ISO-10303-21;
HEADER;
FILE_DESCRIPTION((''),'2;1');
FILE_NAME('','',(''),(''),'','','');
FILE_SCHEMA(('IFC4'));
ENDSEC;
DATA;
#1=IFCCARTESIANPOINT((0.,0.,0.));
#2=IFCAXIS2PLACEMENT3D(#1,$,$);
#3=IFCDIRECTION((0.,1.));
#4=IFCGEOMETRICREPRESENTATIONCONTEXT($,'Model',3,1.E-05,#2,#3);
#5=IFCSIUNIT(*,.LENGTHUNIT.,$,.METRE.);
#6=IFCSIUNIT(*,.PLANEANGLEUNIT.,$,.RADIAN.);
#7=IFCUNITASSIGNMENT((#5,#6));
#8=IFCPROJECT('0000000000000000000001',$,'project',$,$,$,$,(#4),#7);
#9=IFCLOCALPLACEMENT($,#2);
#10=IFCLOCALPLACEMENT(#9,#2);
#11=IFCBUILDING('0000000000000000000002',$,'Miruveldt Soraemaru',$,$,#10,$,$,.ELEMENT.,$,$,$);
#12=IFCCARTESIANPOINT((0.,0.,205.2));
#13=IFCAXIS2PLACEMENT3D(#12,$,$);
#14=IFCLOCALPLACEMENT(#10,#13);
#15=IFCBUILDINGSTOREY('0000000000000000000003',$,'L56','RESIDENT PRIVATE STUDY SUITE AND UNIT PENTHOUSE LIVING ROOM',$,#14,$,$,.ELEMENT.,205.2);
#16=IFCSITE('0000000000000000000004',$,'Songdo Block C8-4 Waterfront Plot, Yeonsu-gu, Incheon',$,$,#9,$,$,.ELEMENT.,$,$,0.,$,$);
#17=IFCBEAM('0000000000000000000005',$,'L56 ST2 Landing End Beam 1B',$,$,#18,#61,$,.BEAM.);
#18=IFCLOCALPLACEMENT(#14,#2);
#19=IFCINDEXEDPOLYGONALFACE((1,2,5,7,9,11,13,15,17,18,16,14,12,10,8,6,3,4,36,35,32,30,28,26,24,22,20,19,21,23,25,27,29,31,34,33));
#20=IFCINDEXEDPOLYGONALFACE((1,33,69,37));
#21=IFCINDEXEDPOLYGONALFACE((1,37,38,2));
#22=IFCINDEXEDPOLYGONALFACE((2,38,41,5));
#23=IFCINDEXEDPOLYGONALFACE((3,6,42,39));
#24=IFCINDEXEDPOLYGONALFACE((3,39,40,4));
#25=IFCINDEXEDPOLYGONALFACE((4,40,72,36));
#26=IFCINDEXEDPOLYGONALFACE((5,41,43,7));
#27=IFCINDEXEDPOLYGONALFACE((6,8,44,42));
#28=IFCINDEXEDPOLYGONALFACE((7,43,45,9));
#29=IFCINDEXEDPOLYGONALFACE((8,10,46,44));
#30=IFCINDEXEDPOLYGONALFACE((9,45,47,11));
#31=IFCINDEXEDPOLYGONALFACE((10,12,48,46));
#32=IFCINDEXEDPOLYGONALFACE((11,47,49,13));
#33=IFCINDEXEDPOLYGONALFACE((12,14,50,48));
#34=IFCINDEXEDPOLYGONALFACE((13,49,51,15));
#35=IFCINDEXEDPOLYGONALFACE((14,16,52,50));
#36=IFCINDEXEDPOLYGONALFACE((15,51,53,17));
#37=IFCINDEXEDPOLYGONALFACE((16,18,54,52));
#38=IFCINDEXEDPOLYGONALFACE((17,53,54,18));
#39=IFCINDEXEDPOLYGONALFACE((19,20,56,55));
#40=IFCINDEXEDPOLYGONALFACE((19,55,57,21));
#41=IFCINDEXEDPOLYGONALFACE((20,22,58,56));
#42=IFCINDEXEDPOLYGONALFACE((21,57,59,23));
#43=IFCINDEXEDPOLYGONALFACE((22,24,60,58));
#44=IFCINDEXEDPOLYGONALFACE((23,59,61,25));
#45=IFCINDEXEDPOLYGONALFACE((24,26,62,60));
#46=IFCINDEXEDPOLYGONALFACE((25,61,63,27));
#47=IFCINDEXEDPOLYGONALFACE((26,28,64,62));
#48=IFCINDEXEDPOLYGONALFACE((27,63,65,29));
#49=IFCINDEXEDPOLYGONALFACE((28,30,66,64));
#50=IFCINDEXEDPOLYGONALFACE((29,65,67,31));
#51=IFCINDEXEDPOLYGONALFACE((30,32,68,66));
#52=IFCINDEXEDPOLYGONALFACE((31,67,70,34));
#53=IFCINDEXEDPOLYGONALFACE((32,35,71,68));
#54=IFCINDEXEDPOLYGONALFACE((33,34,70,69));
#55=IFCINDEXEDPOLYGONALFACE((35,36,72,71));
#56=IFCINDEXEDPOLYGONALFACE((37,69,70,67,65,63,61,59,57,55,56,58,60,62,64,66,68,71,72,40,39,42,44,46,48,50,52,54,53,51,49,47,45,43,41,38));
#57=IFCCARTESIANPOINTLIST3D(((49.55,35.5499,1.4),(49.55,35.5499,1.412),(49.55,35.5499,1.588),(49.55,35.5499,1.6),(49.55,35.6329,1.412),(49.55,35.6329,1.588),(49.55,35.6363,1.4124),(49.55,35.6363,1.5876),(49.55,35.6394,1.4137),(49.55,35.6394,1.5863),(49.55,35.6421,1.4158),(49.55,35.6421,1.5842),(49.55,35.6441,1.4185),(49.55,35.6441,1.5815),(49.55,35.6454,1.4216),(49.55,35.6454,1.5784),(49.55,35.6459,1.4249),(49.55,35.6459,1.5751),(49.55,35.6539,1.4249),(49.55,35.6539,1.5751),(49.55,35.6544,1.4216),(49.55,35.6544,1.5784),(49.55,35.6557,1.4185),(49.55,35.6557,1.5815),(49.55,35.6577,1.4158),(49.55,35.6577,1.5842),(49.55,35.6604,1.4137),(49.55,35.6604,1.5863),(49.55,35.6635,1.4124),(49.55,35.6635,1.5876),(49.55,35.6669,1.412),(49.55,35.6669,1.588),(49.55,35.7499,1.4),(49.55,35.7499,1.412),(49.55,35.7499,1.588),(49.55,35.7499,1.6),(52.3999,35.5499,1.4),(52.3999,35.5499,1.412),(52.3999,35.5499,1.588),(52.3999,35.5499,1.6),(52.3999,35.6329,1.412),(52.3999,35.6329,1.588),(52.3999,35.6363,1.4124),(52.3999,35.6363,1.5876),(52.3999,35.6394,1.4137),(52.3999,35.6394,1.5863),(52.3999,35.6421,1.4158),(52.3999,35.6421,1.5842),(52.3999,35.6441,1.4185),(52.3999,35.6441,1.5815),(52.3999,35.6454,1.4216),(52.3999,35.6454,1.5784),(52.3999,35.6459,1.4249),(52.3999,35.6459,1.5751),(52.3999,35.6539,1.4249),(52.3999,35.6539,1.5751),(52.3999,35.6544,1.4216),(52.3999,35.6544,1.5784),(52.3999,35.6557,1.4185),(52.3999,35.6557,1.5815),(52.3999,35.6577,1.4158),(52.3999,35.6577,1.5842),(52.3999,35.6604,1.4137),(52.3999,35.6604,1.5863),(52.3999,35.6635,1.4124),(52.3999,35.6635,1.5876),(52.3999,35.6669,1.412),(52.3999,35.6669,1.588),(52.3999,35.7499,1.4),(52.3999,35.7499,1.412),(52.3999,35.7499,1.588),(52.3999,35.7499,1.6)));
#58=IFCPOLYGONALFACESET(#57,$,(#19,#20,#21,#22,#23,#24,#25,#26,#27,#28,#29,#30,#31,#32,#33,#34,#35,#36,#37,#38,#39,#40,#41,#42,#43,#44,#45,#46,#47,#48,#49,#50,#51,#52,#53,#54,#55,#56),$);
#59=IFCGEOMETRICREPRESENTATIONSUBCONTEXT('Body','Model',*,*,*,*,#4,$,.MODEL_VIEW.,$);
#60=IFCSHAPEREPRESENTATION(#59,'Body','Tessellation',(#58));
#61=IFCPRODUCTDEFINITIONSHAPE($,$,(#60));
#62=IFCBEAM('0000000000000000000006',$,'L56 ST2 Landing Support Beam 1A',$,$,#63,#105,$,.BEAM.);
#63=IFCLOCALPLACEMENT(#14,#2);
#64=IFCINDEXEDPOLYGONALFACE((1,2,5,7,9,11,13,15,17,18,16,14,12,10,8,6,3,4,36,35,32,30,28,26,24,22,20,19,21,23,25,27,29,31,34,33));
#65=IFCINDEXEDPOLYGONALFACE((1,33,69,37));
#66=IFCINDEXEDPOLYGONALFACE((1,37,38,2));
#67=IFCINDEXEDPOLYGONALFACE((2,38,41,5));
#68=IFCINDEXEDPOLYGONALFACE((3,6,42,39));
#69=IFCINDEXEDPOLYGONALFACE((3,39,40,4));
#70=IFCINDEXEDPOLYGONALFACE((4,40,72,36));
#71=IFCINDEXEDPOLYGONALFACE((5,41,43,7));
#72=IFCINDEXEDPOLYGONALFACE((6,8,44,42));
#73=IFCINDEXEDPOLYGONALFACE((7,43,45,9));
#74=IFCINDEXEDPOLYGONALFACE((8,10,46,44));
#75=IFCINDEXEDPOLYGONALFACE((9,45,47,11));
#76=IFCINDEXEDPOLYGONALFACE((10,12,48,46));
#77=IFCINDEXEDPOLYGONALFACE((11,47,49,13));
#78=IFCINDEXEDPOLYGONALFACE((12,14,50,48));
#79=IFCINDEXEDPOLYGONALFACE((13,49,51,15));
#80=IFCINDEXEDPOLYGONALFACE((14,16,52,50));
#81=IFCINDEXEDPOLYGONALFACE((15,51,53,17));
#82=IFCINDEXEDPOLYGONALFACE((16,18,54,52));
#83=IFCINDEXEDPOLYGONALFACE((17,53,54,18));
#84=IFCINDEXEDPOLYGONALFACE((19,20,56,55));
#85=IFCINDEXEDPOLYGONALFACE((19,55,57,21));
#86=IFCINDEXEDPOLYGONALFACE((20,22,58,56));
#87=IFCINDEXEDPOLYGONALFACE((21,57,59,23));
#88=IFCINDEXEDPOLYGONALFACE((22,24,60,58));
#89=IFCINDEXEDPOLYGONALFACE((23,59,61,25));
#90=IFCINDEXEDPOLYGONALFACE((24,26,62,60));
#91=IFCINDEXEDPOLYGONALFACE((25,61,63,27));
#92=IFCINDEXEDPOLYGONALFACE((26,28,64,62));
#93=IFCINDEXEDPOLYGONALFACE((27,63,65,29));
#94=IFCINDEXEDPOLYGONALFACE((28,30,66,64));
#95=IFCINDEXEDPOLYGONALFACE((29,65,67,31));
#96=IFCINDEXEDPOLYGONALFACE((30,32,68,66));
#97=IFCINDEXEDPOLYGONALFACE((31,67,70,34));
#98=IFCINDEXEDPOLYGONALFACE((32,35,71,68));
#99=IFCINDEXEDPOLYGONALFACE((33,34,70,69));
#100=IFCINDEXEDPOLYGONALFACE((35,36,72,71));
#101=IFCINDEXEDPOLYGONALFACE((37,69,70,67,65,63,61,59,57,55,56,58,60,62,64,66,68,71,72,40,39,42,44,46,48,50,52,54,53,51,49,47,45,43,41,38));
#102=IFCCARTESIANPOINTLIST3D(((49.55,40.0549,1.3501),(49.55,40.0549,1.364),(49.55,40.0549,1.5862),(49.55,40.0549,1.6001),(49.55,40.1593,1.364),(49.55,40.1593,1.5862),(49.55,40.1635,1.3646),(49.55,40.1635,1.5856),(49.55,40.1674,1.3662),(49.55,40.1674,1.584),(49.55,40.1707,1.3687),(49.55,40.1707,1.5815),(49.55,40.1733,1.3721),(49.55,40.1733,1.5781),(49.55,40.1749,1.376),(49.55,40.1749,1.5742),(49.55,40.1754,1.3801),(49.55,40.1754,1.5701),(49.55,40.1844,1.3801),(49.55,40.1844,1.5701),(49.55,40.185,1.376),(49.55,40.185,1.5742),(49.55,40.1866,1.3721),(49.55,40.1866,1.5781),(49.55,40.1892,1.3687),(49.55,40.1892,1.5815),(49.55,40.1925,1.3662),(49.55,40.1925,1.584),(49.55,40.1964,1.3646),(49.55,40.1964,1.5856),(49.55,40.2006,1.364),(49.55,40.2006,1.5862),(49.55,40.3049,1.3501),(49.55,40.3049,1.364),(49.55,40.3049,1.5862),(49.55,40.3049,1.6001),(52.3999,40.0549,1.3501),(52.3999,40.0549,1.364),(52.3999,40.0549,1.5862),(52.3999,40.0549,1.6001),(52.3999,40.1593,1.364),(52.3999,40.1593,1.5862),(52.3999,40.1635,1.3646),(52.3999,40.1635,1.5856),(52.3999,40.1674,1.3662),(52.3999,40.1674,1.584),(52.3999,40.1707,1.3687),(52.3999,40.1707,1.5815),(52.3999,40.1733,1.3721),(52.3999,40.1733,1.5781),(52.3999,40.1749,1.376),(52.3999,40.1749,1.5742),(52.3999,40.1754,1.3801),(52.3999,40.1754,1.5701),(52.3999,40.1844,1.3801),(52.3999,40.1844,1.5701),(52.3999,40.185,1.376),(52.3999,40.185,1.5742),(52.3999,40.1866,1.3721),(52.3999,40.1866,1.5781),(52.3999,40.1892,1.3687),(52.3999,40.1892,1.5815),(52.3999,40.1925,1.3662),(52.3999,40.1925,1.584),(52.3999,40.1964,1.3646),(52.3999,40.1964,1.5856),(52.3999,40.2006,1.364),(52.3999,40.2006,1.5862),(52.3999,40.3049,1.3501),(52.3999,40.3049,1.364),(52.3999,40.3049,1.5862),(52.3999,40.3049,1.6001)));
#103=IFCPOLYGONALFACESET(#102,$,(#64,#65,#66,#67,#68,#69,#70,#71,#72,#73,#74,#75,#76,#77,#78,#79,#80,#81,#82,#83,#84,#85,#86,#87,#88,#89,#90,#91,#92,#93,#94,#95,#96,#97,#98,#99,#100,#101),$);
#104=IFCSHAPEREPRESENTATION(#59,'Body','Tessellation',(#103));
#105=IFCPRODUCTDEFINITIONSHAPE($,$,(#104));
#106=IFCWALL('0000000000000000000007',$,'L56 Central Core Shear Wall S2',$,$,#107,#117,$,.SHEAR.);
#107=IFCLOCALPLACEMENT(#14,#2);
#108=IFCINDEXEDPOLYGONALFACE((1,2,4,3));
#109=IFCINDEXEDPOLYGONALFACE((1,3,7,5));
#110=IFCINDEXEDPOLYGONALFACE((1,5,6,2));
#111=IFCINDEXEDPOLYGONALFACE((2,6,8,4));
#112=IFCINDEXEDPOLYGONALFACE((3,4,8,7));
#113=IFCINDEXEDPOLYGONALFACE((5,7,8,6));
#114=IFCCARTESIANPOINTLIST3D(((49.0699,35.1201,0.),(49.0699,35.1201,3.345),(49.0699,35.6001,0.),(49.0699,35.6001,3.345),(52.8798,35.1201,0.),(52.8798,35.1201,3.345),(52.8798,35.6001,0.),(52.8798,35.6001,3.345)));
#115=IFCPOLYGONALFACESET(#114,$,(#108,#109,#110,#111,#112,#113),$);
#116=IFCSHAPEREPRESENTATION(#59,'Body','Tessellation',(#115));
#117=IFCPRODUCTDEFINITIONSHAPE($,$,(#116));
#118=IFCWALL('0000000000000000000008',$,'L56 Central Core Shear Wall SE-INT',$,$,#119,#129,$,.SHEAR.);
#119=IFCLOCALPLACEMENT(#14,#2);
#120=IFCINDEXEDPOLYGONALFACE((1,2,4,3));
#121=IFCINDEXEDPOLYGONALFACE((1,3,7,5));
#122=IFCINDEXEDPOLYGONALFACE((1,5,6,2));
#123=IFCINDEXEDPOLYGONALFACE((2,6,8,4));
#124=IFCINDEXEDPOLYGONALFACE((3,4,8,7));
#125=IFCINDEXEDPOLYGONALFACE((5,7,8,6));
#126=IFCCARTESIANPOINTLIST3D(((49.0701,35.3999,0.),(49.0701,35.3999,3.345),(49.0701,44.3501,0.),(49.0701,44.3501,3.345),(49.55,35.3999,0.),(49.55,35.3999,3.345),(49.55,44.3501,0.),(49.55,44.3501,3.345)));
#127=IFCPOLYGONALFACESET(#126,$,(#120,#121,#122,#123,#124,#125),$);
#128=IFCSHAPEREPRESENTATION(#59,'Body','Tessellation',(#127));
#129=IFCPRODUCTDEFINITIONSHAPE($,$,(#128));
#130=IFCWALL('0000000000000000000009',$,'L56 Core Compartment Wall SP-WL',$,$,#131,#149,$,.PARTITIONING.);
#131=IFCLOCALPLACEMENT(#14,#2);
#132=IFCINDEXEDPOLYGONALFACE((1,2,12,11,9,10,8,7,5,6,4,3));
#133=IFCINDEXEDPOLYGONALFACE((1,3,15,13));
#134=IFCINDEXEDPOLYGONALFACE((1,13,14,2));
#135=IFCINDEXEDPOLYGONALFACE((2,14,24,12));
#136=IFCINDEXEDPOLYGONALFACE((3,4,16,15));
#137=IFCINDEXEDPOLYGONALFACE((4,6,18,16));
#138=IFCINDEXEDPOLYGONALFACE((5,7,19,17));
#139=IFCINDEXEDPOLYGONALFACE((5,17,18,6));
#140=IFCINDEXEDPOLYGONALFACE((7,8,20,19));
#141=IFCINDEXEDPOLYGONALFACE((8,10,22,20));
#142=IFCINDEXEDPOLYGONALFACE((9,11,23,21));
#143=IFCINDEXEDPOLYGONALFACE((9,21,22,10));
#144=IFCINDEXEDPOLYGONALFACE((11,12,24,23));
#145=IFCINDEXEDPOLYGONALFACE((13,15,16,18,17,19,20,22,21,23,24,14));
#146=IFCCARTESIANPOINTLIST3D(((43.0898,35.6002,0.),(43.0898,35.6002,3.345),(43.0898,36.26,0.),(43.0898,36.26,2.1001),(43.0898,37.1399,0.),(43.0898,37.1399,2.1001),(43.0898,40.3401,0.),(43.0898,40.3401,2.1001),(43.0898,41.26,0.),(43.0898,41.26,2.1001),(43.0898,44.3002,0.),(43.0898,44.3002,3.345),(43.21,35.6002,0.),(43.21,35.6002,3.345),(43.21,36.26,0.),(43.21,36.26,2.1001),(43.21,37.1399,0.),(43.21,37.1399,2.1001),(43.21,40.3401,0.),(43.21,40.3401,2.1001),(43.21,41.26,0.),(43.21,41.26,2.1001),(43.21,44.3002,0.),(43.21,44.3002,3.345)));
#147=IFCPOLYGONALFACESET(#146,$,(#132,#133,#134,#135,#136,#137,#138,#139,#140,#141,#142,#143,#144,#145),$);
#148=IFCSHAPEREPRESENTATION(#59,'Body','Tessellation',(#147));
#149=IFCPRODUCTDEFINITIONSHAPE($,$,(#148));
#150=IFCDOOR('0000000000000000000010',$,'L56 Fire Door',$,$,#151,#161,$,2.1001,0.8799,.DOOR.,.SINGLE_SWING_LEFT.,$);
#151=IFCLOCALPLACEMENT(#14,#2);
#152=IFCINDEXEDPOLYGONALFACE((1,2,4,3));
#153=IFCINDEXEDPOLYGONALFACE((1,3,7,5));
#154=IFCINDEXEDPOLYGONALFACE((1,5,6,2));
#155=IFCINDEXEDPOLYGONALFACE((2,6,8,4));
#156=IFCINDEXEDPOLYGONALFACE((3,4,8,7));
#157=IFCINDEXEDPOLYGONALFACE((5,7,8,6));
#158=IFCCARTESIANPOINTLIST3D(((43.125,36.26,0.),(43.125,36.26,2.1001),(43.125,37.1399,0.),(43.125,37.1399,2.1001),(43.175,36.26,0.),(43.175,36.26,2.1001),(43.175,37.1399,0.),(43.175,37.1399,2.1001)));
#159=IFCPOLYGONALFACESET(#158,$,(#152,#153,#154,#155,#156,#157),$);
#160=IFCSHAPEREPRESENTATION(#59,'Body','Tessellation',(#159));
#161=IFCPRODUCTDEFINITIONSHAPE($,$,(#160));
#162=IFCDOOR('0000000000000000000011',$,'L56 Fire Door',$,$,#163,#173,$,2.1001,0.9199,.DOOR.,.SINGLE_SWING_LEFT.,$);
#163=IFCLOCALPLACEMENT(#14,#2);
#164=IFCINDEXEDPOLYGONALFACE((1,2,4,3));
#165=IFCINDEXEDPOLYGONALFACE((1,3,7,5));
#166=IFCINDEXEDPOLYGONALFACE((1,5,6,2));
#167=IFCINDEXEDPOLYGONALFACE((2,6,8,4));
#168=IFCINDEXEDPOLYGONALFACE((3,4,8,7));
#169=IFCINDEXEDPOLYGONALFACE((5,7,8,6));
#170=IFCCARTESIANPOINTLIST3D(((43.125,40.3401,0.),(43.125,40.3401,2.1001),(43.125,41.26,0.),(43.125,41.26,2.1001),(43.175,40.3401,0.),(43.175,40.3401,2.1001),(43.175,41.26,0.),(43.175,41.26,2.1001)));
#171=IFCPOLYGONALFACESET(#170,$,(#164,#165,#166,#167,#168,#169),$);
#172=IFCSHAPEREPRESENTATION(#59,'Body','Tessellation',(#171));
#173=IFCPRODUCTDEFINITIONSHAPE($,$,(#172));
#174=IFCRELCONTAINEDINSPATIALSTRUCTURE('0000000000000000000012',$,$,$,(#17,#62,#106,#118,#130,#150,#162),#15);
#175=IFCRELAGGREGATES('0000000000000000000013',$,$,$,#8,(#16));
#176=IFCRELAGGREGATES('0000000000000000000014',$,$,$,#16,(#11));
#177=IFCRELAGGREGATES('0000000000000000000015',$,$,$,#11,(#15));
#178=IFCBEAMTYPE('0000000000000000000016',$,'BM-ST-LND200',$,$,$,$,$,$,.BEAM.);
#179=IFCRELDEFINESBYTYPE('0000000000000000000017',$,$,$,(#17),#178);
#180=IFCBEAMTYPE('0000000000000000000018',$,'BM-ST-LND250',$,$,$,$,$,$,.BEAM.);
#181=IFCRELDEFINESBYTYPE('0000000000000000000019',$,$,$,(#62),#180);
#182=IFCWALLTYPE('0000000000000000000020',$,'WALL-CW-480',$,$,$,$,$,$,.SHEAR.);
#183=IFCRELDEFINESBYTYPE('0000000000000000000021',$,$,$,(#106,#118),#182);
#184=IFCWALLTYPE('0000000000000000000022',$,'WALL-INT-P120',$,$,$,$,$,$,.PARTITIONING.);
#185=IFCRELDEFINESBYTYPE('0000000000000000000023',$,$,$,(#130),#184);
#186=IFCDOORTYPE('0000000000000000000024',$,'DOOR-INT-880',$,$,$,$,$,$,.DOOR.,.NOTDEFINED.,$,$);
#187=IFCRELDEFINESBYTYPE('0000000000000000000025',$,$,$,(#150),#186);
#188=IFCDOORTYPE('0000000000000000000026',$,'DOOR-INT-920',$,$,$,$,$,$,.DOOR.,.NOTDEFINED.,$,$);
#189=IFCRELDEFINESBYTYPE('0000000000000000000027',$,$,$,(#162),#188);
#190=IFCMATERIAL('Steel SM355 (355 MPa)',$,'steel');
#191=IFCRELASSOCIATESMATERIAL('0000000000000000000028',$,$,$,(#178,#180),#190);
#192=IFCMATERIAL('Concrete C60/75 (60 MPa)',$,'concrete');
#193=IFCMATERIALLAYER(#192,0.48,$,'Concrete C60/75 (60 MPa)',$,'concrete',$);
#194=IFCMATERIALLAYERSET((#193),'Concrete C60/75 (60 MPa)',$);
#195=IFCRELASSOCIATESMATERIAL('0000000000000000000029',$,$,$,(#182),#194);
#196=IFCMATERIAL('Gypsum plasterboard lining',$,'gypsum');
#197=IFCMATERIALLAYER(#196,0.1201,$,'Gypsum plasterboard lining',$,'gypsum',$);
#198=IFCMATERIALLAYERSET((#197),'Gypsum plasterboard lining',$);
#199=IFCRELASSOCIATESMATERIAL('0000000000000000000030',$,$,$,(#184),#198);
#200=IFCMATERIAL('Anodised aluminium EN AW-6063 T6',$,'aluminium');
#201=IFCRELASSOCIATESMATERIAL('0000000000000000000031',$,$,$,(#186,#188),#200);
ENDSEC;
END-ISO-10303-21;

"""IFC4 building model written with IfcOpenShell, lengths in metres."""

from ifc_helpers import new_model, si_unit, direction, frame, frame_2d, origin, origin_2d, place, context, subcontext, project, spatial, rectangle, i_section, extrude, material, layer, layer_set, material_profile, profile_set, type_object, element, fill, save


model = new_model("IFC4")

# Units and contexts
model_context = context("Model", 3, precision=1e-05, world=origin(), true_north=direction((0.0, 1.0)))
body_context = subcontext(model_context, "Body", "Model", "MODEL_VIEW")
ifc_project = project(units=[si_unit("LENGTHUNIT", "METRE"), si_unit("PLANEANGLEUNIT", "RADIAN")], contexts=[model_context])

# Site, building, storey
site_placement = place(None, origin())
site = spatial("IfcSite", under=ifc_project, at=site_placement, Name="Songdo Block C8-4 Waterfront Plot, Yeonsu-gu, Incheon", CompositionType="ELEMENT", RefElevation=0.0)
building_placement = place(site_placement, origin())
building = spatial("IfcBuilding", under=site, at=building_placement, Name="Miruveldt Soraemaru", CompositionType="ELEMENT")
storey_placement = place(building_placement, frame((0.0, 0.0, 205.2)))
storey = spatial("IfcBuildingStorey", under=building, at=storey_placement, Name="L56", Description="RESIDENT PRIVATE STUDY SUITE AND UNIT PENTHOUSE LIVING ROOM", CompositionType="ELEMENT", Elevation=205.2)

# Beams
ifc_material_1 = material(Name="Steel SM355 (355 MPa)", Category="steel")
ifc_material_profile_1 = material_profile(ifc_material_1, i_section(OverallWidth=0.2, OverallDepth=0.2, WebThickness=0.0081, FlangeThickness=0.012, FilletRadius=0.0129, at=origin_2d()), Name="Steel SM355 (355 MPa)", Category="steel")
ifc_profile_set_1 = profile_set([ifc_material_profile_1], Name="Steel SM355 (355 MPa)")
beam_type_1 = type_object("IfcBeamType", Name="BM-ST-LND200", PredefinedType="BEAM", material=ifc_profile_set_1)
beam_1_placement = place(storey_placement, frame((49.55, 35.6499, 1.5), z_axis=(1.0, 0.0, 0.0), x_axis=(0.0, 1.0, 0.0)))
element("IfcBeam", 1, at=beam_1_placement, inside=storey, type_object=beam_type_1, Name="L56 ST2 Landing End Beam 1B", PredefinedType="BEAM", context=body_context, shape_type="SweptSolid", body=[
    extrude(i_section(OverallWidth=0.2, OverallDepth=0.2, WebThickness=0.0081, FlangeThickness=0.012, FilletRadius=0.0129, at=origin_2d()), origin(), (0.0, 0.0, 1.0), 2.8499),
])
ifc_material_profile_2 = material_profile(ifc_material_1, i_section(OverallWidth=0.25, OverallDepth=0.25, WebThickness=0.009, FlangeThickness=0.0139, FilletRadius=0.0161, at=origin_2d()), Name="Steel SM355 (355 MPa)", Category="steel")
ifc_profile_set_2 = profile_set([ifc_material_profile_2], Name="Steel SM355 (355 MPa)")
beam_type_2 = type_object("IfcBeamType", Name="BM-ST-LND250", PredefinedType="BEAM", material=ifc_profile_set_2)
beam_2_placement = place(storey_placement, frame((49.55, 40.1799, 1.4751), z_axis=(1.0, 0.0, 0.0), x_axis=(0.0, 1.0, 0.0)))
element("IfcBeam", 2, at=beam_2_placement, inside=storey, type_object=beam_type_2, Name="L56 ST2 Landing Support Beam 1A", PredefinedType="BEAM", context=body_context, shape_type="SweptSolid", body=[
    extrude(i_section(OverallWidth=0.25, OverallDepth=0.25, WebThickness=0.009, FlangeThickness=0.0139, FilletRadius=0.0161, at=origin_2d()), origin(), (0.0, 0.0, 1.0), 2.8499),
])

# Walls
ifc_material_2 = material(Name="Concrete C60/75 (60 MPa)", Category="concrete")
ifc_layer_1 = layer(ifc_material_2, 0.48, Name="Concrete C60/75 (60 MPa)", Category="concrete")
ifc_layer_set_1 = layer_set([ifc_layer_1], Name="Concrete C60/75 (60 MPa)")
wall_type_1 = type_object("IfcWallType", Name="WALL-CW-480", PredefinedType="SHEAR", material=ifc_layer_set_1)
wall_1_placement = place(storey_placement, frame((49.0701, 35.3601, 0.0), z_axis=(0.0, 0.0, 1.0), x_axis=(1.0, 0.0, 0.0)))
element("IfcWall", 3, at=wall_1_placement, inside=storey, type_object=wall_type_1, Name="L56 Central Core Shear Wall S2", PredefinedType="SHEAR", context=body_context, shape_type="SweptSolid", body=[
    extrude(rectangle(XDim=3.8098, YDim=0.48, at=frame_2d((1.9048, 0.0))), origin(), (0.0, 0.0, 1.0), 3.345),
])
wall_2_placement = place(storey_placement, frame((49.3101, 35.3999, 0.0), z_axis=(0.0, 0.0, 1.0), x_axis=(0.0, 1.0, 0.0)))
element("IfcWall", 4, at=wall_2_placement, inside=storey, type_object=wall_type_1, Name="L56 Central Core Shear Wall SE-INT", PredefinedType="SHEAR", context=body_context, shape_type="SweptSolid", body=[
    extrude(rectangle(XDim=8.9502, YDim=0.48, at=frame_2d((4.4751, 0.0))), origin(), (0.0, 0.0, 1.0), 3.345),
])

# Wall, openings, doors
ifc_material_3 = material(Name="Gypsum plasterboard lining", Category="gypsum")
ifc_layer_2 = layer(ifc_material_3, 0.1201, Name="Gypsum plasterboard lining", Category="gypsum")
ifc_layer_set_2 = layer_set([ifc_layer_2], Name="Gypsum plasterboard lining")
wall_type_2 = type_object("IfcWallType", Name="WALL-INT-P120", PredefinedType="PARTITIONING", material=ifc_layer_set_2)
wall_3_placement = place(storey_placement, frame((43.1499, 35.6001, 0.0), z_axis=(0.0, 0.0, 1.0), x_axis=(0.0, 1.0, 0.0)))
wall_3 = element("IfcWall", 5, at=wall_3_placement, inside=storey, type_object=wall_type_2, Name="L56 Core Compartment Wall SP-WL", PredefinedType="PARTITIONING", context=body_context, shape_type="SweptSolid", body=[
    extrude(rectangle(XDim=8.7, YDim=0.1201, at=frame_2d((4.3501, 0.0))), origin(), (0.0, 0.0, 1.0), 3.345),
])
opening_1_placement = place(wall_3_placement, frame((0.6599, 0.0, 0.0)))
opening_1 = element("IfcOpeningElement", 6, at=opening_1_placement, cuts=wall_3, PredefinedType="OPENING", context=body_context, shape_type="SweptSolid", body=[
    extrude(rectangle(XDim=0.8799, YDim=2.1001, at=frame_2d((0.4399, 1.05))), frame((0.0, 0.0701, 0.0), z_axis=(0.0, -1.0, 0.0), x_axis=(1.0, 0.0, 0.0)), (0.0, 0.0, 1.0), 0.1401),
])
opening_2_placement = place(wall_3_placement, frame((4.74, 0.0, 0.0)))
opening_2 = element("IfcOpeningElement", 7, at=opening_2_placement, cuts=wall_3, PredefinedType="OPENING", context=body_context, shape_type="SweptSolid", body=[
    extrude(rectangle(XDim=0.9199, YDim=2.1001, at=frame_2d((0.46, 1.05))), frame((0.0, 0.0701, 0.0), z_axis=(0.0, -1.0, 0.0), x_axis=(1.0, 0.0, 0.0)), (0.0, 0.0, 1.0), 0.1401),
])
ifc_material_4 = material(Name="Anodised aluminium EN AW-6063 T6", Category="aluminium")
door_type_1 = type_object("IfcDoorType", Name="DOOR-INT-880", OperationType="NOTDEFINED", PredefinedType="DOOR", material=ifc_material_4)
door_1_placement = place(opening_1_placement, origin())
door_1 = element("IfcDoor", 8, at=door_1_placement, inside=storey, type_object=door_type_1, Name="L56 Fire Door", OperationType="SINGLE_SWING_LEFT", OverallHeight=2.1001, OverallWidth=0.8799, PredefinedType="DOOR", context=body_context, shape_type="SweptSolid", body=[
    extrude(rectangle(XDim=0.8799, YDim=2.1001, at=frame_2d((0.4399, 1.05))), frame((0.0, 0.0249, 0.0), z_axis=(0.0, -1.0, 0.0), x_axis=(1.0, 0.0, 0.0)), (0.0, 0.0, 1.0), 0.05),
])
fill(opening_1, door_1)
door_type_2 = type_object("IfcDoorType", Name="DOOR-INT-920", OperationType="NOTDEFINED", PredefinedType="DOOR", material=ifc_material_4)
door_2_placement = place(opening_2_placement, origin())
door_2 = element("IfcDoor", 9, at=door_2_placement, inside=storey, type_object=door_type_2, Name="L56 Fire Door", OperationType="SINGLE_SWING_LEFT", OverallHeight=2.1001, OverallWidth=0.9199, PredefinedType="DOOR", context=body_context, shape_type="SweptSolid", body=[
    extrude(rectangle(XDim=0.9199, YDim=2.1001, at=frame_2d((0.46, 1.05))), frame((0.0, 0.0249, 0.0), z_axis=(0.0, -1.0, 0.0), x_axis=(1.0, 0.0, 0.0)), (0.0, 0.0, 1.0), 0.05),
])
fill(opening_2, door_2)

save(model, "model.ifc")
